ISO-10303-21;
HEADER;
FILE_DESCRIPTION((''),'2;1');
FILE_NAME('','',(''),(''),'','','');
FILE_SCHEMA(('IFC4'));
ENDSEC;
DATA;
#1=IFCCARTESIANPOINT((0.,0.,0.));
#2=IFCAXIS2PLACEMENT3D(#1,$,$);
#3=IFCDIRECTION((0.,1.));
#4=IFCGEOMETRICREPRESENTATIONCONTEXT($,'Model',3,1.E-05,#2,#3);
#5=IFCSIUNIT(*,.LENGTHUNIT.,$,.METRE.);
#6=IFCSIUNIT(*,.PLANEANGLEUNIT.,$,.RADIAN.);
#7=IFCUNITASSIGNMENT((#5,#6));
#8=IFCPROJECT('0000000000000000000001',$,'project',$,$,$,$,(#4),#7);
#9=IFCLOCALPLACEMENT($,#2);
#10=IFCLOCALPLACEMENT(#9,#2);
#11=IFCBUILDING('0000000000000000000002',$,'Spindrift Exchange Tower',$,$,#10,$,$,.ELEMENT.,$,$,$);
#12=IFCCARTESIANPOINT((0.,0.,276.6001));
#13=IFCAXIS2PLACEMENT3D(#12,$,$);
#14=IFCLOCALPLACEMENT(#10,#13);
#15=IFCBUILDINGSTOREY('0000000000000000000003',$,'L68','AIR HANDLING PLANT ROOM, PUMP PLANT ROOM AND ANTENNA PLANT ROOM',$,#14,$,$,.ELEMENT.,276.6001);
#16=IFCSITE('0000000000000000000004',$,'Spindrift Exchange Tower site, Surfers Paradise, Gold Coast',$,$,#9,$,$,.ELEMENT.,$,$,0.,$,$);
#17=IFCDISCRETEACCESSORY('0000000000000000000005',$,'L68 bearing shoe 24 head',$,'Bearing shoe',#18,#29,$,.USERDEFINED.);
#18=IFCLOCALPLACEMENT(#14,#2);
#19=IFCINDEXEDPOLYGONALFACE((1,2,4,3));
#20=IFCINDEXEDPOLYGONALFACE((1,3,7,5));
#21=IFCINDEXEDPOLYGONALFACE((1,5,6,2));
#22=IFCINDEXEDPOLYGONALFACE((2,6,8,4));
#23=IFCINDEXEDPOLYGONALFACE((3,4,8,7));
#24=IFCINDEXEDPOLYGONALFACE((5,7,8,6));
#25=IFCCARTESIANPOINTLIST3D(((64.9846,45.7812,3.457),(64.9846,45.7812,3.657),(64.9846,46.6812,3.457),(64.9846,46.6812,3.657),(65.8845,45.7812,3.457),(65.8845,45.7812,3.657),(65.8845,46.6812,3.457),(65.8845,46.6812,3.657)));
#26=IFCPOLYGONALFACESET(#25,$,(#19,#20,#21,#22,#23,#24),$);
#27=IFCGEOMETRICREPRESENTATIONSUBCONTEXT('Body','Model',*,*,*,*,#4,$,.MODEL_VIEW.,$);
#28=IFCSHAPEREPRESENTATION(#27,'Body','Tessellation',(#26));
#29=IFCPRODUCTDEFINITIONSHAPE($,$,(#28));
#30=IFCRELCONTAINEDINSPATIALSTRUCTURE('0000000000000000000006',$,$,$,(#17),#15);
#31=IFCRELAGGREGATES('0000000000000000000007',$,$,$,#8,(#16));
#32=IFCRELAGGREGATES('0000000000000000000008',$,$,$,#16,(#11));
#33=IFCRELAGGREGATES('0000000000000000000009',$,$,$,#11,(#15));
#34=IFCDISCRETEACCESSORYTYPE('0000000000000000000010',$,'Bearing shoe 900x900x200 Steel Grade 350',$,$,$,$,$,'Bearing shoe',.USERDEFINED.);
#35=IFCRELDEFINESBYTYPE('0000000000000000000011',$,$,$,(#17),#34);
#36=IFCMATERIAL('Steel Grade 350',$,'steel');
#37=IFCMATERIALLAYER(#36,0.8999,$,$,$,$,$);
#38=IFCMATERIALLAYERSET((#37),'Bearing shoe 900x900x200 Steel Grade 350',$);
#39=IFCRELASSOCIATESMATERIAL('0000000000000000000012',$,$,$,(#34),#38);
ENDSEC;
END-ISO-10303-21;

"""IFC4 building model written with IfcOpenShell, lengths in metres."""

from ifc_helpers import new_model, si_unit, direction, frame, origin, origin_2d, place, context, subcontext, project, spatial, rectangle, extrude, source, transform, mapped, material, layer, layer_set, type_object, element, save


model = new_model("IFC4")

# Units and contexts
model_context = context("Model", 3, precision=1e-05, world=origin(), true_north=direction((0.0, 1.0)))
body_context = subcontext(model_context, "Body", "Model", "MODEL_VIEW")
ifc_project = project(units=[si_unit("LENGTHUNIT", "METRE"), si_unit("PLANEANGLEUNIT", "RADIAN")], contexts=[model_context])

# Site, building, storey
site_placement = place(None, origin())
site = spatial("IfcSite", under=ifc_project, at=site_placement, Name="Spindrift Exchange Tower site, Surfers Paradise, Gold Coast", CompositionType="ELEMENT", RefElevation=0.0)
building_placement = place(site_placement, origin())
building = spatial("IfcBuilding", under=site, at=building_placement, Name="Spindrift Exchange Tower", CompositionType="ELEMENT")
storey_placement = place(building_placement, frame((0.0, 0.0, 276.6001)))
storey = spatial("IfcBuildingStorey", under=building, at=storey_placement, Name="L68", Description="AIR HANDLING PLANT ROOM, PUMP PLANT ROOM AND ANTENNA PLANT ROOM", CompositionType="ELEMENT", Elevation=276.6001)

# Discrete accessory
ifc_material_1 = material(Name="Steel Grade 350", Category="steel")
ifc_layer_1 = layer(ifc_material_1, 0.8999)
ifc_layer_set_1 = layer_set([ifc_layer_1], Name="Bearing shoe 900x900x200 Steel Grade 350")
discrete_accessory_type = type_object("IfcDiscreteAccessoryType", Name="Bearing shoe 900x900x200 Steel Grade 350", ElementType="Bearing shoe", PredefinedType="USERDEFINED", material=ifc_layer_set_1)
shared_shape_1 = source(origin(), body_context, "Body", "SweptSolid", [
    extrude(rectangle(XDim=0.8999, YDim=0.8999, at=origin_2d()), origin(), (0.0, 0.0, 1.0), 0.2),
])
for number, where, z_axis, x_axis, name in (
    (1, (65.4346, 46.2312, 3.457), (0.0, 0.0, 1.0), (1.0, 0.0, 0.0), "L68 bearing shoe 24 head"),
):
    element("IfcDiscreteAccessory", number, at=place(storey_placement, frame(where, z_axis=z_axis, x_axis=x_axis)), inside=storey, type_object=discrete_accessory_type, Name=name, ObjectType="Bearing shoe", PredefinedType="USERDEFINED", context=body_context, shape_type="MappedRepresentation", body=[
        mapped(shared_shape_1, transform((0.0, 0.0, 0.0), scale=1.0)),
    ])

save(model, "model.ifc")
